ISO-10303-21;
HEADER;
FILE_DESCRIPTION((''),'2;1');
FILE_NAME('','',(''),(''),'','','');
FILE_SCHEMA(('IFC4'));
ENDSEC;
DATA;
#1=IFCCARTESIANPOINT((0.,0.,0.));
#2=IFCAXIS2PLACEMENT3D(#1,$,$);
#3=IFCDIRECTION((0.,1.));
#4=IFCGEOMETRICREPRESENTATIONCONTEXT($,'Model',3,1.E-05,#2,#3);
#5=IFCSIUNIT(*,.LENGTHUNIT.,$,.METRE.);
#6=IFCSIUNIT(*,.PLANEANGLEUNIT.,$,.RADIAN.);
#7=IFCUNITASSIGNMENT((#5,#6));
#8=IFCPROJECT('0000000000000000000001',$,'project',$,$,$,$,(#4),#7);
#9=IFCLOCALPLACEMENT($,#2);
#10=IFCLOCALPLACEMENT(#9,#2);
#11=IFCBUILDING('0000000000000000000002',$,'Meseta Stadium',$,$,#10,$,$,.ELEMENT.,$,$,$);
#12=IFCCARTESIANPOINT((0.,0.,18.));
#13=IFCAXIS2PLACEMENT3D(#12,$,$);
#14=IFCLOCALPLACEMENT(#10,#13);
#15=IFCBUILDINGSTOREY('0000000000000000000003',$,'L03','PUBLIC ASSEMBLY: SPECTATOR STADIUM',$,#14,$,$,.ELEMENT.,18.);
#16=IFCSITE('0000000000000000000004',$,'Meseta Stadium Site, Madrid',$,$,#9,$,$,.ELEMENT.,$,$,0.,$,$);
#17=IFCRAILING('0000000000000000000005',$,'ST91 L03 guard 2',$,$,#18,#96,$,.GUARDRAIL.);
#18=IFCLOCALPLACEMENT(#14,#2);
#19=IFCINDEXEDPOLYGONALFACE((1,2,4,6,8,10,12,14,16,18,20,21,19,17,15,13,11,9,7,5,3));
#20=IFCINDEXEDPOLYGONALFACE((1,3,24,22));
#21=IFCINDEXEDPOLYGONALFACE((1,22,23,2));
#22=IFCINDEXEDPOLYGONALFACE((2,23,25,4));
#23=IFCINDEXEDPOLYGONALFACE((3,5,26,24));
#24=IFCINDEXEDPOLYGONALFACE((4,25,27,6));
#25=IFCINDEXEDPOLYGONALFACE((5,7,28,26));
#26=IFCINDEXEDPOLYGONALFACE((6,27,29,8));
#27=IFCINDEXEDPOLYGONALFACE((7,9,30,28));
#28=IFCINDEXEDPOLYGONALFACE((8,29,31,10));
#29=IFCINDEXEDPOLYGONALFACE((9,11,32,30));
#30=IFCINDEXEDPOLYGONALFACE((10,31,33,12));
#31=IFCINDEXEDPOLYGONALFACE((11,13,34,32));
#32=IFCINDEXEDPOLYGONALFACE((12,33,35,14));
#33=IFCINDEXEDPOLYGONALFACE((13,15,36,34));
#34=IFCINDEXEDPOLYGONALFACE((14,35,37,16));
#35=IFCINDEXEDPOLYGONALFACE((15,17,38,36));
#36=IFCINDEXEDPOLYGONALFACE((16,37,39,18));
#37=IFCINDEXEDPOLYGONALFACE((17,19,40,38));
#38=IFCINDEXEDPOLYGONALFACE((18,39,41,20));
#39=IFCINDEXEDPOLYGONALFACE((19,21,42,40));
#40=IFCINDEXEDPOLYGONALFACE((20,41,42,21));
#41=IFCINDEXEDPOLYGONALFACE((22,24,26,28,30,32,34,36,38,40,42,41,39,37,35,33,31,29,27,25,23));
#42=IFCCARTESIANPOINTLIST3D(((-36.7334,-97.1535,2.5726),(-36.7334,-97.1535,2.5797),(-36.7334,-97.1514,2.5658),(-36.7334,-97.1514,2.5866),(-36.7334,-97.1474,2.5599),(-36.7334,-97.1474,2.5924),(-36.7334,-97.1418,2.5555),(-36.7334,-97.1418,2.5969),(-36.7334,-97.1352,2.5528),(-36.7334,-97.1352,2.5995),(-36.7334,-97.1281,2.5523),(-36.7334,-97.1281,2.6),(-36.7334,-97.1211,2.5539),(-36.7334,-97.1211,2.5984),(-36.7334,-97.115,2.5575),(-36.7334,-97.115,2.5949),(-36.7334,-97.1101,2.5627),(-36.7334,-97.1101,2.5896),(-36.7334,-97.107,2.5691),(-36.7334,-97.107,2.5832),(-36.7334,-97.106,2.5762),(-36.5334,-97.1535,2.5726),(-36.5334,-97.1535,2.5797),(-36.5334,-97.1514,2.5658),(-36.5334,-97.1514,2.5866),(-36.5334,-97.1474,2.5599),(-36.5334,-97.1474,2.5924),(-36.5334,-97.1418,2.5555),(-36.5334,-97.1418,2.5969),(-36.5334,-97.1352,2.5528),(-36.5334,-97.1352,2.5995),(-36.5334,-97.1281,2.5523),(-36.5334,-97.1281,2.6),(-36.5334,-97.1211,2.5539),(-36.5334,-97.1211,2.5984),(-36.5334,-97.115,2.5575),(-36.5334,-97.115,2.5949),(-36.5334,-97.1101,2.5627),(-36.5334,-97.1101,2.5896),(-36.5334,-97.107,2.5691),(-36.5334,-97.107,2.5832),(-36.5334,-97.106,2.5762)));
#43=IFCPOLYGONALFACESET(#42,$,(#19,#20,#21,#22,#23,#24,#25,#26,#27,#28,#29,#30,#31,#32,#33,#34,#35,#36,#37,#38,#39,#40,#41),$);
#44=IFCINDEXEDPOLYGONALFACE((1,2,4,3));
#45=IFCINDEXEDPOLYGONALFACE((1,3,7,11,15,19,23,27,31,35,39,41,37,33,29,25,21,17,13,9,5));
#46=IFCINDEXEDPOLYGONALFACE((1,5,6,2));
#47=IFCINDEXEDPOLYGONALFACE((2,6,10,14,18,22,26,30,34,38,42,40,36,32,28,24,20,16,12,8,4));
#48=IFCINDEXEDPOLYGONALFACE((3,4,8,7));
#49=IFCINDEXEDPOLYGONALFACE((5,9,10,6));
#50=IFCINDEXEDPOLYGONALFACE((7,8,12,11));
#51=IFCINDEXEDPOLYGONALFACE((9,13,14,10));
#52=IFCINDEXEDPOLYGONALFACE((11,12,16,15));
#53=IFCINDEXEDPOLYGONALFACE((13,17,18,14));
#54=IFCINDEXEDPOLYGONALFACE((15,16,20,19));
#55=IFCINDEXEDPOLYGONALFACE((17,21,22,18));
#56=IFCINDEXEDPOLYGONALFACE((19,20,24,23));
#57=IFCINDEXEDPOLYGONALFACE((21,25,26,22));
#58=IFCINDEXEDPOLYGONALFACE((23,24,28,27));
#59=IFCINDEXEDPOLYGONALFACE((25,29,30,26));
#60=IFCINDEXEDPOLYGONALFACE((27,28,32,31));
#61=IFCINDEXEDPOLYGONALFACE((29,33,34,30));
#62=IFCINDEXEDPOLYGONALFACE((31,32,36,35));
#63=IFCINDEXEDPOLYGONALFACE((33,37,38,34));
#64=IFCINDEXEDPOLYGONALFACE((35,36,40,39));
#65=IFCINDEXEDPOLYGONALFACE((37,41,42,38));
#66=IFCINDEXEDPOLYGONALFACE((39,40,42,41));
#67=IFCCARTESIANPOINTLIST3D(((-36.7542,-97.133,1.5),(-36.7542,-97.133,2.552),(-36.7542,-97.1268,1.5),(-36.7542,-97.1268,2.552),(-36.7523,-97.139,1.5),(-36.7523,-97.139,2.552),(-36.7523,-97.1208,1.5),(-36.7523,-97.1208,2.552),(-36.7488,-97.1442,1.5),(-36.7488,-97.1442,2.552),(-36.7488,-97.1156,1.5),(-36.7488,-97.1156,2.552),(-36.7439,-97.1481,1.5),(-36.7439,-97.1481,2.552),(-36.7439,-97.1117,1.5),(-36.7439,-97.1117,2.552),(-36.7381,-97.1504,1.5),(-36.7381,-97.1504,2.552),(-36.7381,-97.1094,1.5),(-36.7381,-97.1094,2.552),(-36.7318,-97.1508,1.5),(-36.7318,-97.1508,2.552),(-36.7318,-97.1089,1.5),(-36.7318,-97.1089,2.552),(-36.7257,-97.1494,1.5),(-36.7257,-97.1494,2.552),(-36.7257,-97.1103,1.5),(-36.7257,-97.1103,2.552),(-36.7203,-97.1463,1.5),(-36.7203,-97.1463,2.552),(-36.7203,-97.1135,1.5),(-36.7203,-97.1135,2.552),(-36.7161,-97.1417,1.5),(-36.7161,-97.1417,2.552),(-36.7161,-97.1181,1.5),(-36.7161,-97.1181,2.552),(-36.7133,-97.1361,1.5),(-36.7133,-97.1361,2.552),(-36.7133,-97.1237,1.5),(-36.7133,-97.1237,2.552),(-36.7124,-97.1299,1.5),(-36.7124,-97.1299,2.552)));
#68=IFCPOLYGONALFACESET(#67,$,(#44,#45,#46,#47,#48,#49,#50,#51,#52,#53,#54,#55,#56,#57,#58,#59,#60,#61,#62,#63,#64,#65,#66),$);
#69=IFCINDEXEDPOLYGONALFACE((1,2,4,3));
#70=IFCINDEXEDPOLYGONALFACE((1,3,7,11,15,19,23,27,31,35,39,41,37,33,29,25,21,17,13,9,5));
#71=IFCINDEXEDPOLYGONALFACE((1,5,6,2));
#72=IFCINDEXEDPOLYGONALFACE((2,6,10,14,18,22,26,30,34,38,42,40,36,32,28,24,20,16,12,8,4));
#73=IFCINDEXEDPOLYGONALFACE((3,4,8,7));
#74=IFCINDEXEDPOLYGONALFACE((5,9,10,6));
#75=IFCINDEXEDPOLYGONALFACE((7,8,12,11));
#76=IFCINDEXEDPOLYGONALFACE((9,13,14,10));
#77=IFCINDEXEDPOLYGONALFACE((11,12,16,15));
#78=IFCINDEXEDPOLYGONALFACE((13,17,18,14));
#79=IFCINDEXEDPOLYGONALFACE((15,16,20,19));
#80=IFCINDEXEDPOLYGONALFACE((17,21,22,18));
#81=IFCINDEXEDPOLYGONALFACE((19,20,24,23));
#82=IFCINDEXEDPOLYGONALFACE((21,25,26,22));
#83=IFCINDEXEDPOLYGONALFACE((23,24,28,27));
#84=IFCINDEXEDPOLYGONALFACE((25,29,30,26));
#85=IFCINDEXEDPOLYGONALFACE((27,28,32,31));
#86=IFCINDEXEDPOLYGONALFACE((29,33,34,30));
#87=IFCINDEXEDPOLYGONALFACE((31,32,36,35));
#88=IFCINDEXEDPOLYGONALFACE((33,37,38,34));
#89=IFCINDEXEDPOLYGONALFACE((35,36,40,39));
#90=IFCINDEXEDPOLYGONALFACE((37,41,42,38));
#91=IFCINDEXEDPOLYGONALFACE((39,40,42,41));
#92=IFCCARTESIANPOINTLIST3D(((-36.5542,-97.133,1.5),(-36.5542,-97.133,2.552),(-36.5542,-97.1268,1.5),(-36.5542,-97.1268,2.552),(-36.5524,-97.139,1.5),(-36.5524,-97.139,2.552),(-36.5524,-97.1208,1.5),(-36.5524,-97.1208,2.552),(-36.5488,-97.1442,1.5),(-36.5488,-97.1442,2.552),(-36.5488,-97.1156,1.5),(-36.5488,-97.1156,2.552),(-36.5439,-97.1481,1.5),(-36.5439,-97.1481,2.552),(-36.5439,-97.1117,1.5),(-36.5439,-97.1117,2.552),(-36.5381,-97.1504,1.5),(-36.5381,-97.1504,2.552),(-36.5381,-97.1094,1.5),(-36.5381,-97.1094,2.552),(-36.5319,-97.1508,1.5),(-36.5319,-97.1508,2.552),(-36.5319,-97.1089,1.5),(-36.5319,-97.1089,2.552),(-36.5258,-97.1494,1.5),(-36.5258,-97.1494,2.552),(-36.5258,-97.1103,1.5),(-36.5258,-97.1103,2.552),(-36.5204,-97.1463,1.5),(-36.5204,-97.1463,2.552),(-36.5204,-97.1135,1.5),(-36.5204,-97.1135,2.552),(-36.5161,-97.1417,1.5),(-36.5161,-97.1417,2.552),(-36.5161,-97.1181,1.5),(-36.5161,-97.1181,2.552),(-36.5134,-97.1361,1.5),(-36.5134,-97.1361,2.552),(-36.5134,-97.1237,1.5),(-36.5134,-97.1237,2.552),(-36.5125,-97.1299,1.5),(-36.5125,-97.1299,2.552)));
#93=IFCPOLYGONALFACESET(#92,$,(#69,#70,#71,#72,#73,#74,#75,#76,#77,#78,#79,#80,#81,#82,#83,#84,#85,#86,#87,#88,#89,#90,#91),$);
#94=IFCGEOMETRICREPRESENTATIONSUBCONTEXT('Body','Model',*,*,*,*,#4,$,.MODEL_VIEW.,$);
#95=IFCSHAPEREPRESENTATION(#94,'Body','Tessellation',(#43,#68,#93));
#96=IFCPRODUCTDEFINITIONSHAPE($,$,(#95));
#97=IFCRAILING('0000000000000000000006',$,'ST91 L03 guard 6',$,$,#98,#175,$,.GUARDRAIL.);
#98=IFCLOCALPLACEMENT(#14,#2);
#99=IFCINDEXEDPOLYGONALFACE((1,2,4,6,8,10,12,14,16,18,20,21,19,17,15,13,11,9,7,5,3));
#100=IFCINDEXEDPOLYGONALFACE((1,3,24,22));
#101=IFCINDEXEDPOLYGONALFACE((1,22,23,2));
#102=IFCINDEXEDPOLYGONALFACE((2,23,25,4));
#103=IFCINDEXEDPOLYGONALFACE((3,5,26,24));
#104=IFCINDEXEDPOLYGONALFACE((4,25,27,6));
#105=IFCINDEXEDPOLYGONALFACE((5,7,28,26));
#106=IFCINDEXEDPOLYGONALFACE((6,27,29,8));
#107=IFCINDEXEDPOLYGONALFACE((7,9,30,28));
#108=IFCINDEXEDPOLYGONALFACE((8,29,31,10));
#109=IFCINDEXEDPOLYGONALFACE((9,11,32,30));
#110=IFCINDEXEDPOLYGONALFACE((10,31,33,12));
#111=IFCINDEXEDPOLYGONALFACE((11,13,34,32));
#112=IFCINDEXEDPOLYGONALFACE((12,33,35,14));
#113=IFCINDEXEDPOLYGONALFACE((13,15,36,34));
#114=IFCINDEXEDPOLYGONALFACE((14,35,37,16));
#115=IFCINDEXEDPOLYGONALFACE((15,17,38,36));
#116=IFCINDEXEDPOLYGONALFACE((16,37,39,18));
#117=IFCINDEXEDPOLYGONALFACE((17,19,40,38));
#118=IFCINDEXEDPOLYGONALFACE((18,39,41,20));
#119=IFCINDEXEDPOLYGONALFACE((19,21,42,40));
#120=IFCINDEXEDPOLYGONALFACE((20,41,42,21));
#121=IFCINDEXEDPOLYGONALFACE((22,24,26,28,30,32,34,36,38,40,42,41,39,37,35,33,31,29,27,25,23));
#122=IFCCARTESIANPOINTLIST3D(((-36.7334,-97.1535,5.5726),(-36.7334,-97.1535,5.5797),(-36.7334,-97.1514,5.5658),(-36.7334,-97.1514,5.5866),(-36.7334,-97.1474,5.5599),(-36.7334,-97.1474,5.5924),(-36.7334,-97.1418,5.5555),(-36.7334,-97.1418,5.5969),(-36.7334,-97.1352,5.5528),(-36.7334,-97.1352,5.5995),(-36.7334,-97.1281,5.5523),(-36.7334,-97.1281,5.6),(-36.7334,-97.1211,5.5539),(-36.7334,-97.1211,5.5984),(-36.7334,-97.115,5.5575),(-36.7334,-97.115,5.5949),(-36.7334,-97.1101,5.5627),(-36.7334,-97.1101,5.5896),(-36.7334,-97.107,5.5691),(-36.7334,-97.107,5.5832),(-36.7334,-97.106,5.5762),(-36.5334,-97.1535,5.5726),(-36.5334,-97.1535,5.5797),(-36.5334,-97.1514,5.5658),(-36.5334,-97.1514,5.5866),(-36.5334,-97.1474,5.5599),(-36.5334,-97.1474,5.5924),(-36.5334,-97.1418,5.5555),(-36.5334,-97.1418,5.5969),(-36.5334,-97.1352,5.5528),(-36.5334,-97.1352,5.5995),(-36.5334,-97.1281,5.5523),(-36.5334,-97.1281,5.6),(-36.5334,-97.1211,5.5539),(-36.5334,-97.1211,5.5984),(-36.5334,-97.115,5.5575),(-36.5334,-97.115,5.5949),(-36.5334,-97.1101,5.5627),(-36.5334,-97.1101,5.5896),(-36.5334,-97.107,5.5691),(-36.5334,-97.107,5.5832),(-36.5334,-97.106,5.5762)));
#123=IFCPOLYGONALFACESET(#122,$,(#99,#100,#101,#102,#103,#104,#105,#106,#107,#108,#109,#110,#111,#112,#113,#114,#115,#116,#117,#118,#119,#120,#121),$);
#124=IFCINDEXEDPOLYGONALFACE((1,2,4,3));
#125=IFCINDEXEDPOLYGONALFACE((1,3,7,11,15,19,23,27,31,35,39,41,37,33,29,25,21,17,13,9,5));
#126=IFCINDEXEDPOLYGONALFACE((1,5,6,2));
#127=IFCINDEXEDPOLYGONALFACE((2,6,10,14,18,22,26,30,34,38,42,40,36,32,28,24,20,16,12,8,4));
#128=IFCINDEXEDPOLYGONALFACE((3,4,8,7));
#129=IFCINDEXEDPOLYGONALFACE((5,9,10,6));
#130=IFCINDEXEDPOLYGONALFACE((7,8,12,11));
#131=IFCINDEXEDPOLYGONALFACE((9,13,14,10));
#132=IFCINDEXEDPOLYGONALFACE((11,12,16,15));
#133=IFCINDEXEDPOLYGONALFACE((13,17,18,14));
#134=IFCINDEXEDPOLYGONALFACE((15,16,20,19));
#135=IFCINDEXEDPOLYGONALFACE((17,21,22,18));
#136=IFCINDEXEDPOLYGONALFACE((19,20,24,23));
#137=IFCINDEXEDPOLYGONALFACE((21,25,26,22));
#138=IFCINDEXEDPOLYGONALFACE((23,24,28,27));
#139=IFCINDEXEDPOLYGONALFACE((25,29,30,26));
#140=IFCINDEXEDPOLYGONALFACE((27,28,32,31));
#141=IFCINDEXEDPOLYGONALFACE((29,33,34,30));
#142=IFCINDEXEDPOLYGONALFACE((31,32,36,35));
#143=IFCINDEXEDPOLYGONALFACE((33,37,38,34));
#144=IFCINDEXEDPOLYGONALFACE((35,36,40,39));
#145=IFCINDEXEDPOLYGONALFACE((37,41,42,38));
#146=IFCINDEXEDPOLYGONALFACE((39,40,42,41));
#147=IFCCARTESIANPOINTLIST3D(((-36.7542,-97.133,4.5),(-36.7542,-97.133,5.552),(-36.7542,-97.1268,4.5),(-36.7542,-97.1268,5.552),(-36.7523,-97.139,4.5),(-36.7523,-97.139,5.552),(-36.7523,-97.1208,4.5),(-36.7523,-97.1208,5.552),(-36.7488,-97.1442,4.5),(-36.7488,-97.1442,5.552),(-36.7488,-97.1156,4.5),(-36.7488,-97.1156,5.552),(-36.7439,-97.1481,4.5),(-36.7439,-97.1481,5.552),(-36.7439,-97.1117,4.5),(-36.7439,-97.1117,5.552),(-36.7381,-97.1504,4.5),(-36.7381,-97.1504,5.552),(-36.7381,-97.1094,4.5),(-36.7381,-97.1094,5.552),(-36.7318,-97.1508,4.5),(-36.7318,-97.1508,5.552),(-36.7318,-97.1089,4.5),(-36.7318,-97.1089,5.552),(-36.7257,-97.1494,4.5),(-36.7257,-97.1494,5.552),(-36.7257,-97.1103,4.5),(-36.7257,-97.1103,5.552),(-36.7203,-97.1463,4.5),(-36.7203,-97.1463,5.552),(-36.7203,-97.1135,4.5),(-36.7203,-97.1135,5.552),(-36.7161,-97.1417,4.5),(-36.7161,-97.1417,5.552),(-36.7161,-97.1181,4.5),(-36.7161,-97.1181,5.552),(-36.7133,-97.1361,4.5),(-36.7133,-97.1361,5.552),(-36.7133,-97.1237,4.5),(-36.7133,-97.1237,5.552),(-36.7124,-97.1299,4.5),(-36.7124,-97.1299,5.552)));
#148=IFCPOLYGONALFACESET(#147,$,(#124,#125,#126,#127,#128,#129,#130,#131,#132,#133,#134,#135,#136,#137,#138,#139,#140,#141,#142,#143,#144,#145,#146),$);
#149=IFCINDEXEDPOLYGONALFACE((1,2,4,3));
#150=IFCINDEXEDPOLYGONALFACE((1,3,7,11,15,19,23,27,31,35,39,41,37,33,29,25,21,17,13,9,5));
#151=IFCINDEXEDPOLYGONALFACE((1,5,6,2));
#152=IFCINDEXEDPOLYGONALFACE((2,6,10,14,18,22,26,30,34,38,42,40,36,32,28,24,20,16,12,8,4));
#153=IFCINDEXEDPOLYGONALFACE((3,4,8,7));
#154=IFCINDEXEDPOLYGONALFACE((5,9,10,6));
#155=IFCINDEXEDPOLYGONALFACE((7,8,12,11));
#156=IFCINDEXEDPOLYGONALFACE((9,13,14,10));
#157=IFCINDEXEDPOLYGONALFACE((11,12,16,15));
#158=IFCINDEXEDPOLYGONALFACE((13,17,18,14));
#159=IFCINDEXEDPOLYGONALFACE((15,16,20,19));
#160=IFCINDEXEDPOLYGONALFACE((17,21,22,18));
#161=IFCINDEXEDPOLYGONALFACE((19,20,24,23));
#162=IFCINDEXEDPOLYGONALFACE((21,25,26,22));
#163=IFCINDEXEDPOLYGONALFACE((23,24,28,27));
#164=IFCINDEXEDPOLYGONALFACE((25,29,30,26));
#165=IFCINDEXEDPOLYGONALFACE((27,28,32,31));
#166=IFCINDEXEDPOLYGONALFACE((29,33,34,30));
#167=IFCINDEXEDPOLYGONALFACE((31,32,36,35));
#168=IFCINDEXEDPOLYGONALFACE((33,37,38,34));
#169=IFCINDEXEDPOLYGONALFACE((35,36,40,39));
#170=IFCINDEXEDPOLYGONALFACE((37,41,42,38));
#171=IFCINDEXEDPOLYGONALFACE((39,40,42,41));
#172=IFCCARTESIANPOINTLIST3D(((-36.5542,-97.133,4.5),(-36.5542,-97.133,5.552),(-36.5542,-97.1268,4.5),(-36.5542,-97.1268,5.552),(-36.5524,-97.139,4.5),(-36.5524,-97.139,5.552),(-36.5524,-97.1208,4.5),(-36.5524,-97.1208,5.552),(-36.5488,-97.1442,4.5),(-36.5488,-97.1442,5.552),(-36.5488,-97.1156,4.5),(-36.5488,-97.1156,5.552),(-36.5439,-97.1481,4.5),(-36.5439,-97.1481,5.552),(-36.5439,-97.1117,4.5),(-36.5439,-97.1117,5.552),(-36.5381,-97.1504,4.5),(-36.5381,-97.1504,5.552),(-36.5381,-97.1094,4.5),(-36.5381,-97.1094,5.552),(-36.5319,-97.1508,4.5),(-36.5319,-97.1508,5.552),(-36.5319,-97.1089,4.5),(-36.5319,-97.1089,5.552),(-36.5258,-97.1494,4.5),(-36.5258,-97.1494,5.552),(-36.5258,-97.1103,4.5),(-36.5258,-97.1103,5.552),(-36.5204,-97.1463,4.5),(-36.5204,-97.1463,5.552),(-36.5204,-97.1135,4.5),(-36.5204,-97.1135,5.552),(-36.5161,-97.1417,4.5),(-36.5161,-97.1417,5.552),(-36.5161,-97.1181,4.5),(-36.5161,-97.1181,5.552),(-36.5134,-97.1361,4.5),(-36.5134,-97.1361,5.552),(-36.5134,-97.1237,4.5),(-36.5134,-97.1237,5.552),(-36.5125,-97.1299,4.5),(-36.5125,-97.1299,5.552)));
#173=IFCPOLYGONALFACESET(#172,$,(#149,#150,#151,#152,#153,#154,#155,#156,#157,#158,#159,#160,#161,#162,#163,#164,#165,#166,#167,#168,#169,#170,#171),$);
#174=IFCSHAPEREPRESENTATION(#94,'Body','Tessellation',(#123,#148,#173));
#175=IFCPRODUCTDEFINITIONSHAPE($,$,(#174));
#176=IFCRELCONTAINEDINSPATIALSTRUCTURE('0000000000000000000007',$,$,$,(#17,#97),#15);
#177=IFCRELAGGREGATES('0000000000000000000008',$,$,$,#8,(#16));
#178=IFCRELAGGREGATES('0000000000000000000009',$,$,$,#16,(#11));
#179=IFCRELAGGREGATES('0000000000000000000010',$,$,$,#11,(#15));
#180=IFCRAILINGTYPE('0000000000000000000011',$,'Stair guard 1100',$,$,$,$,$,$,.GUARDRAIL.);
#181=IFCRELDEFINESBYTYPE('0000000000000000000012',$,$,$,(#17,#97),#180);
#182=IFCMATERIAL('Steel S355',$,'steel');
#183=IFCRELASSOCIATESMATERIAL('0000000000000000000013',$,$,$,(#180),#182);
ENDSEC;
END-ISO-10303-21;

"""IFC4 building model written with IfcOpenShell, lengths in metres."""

from ifc_helpers import new_model, si_unit, direction, frame, origin, origin_2d, place, context, subcontext, project, spatial, circle, extrude, material, type_object, element, save


model = new_model("IFC4")

# Units and contexts
model_context = context("Model", 3, precision=1e-05, world=origin(), true_north=direction((0.0, 1.0)))
body_context = subcontext(model_context, "Body", "Model", "MODEL_VIEW")
ifc_project = project(units=[si_unit("LENGTHUNIT", "METRE"), si_unit("PLANEANGLEUNIT", "RADIAN")], contexts=[model_context])

# Site, building, storey
site_placement = place(None, origin())
site = spatial("IfcSite", under=ifc_project, at=site_placement, Name="Meseta Stadium Site, Madrid", CompositionType="ELEMENT", RefElevation=0.0)
building_placement = place(site_placement, origin())
building = spatial("IfcBuilding", under=site, at=building_placement, Name="Meseta Stadium", CompositionType="ELEMENT")
storey_placement = place(building_placement, frame((0.0, 0.0, 18.0)))
storey = spatial("IfcBuildingStorey", under=building, at=storey_placement, Name="L03", Description="PUBLIC ASSEMBLY: SPECTATOR STADIUM", CompositionType="ELEMENT", Elevation=18.0)

# Railings
ifc_material_1 = material(Name="Steel S355", Category="steel")
railing_type = type_object("IfcRailingType", Name="Stair guard 1100", PredefinedType="GUARDRAIL", material=ifc_material_1)
for number, where, name in (
    (1, (-36.7334, -97.1299, 1.5), "ST91 L03 guard 2"),
    (2, (-36.7334, -97.1299, 4.5), "ST91 L03 guard 6"),
):
    element("IfcRailing", number, at=place(storey_placement, frame(where)), inside=storey, type_object=railing_type, Name=name, PredefinedType="GUARDRAIL", context=body_context, shape_type="SweptSolid", body=[
        extrude(circle(Radius=0.0239, at=origin_2d()), frame((0.0, 0.0, 1.0762), z_axis=(1.0, 0.0, 0.0), x_axis=(0.0, 1.0, 0.0)), (0.0, 0.0, 1.0), 0.2),
        extrude(circle(Radius=0.021, at=origin_2d()), origin(), (0.0, 0.0, 1.0), 1.052),
        extrude(circle(Radius=0.021, at=origin_2d()), frame((0.2, 0.0, 0.0)), (0.0, 0.0, 1.0), 1.052),
    ])

save(model, "model.ifc")
